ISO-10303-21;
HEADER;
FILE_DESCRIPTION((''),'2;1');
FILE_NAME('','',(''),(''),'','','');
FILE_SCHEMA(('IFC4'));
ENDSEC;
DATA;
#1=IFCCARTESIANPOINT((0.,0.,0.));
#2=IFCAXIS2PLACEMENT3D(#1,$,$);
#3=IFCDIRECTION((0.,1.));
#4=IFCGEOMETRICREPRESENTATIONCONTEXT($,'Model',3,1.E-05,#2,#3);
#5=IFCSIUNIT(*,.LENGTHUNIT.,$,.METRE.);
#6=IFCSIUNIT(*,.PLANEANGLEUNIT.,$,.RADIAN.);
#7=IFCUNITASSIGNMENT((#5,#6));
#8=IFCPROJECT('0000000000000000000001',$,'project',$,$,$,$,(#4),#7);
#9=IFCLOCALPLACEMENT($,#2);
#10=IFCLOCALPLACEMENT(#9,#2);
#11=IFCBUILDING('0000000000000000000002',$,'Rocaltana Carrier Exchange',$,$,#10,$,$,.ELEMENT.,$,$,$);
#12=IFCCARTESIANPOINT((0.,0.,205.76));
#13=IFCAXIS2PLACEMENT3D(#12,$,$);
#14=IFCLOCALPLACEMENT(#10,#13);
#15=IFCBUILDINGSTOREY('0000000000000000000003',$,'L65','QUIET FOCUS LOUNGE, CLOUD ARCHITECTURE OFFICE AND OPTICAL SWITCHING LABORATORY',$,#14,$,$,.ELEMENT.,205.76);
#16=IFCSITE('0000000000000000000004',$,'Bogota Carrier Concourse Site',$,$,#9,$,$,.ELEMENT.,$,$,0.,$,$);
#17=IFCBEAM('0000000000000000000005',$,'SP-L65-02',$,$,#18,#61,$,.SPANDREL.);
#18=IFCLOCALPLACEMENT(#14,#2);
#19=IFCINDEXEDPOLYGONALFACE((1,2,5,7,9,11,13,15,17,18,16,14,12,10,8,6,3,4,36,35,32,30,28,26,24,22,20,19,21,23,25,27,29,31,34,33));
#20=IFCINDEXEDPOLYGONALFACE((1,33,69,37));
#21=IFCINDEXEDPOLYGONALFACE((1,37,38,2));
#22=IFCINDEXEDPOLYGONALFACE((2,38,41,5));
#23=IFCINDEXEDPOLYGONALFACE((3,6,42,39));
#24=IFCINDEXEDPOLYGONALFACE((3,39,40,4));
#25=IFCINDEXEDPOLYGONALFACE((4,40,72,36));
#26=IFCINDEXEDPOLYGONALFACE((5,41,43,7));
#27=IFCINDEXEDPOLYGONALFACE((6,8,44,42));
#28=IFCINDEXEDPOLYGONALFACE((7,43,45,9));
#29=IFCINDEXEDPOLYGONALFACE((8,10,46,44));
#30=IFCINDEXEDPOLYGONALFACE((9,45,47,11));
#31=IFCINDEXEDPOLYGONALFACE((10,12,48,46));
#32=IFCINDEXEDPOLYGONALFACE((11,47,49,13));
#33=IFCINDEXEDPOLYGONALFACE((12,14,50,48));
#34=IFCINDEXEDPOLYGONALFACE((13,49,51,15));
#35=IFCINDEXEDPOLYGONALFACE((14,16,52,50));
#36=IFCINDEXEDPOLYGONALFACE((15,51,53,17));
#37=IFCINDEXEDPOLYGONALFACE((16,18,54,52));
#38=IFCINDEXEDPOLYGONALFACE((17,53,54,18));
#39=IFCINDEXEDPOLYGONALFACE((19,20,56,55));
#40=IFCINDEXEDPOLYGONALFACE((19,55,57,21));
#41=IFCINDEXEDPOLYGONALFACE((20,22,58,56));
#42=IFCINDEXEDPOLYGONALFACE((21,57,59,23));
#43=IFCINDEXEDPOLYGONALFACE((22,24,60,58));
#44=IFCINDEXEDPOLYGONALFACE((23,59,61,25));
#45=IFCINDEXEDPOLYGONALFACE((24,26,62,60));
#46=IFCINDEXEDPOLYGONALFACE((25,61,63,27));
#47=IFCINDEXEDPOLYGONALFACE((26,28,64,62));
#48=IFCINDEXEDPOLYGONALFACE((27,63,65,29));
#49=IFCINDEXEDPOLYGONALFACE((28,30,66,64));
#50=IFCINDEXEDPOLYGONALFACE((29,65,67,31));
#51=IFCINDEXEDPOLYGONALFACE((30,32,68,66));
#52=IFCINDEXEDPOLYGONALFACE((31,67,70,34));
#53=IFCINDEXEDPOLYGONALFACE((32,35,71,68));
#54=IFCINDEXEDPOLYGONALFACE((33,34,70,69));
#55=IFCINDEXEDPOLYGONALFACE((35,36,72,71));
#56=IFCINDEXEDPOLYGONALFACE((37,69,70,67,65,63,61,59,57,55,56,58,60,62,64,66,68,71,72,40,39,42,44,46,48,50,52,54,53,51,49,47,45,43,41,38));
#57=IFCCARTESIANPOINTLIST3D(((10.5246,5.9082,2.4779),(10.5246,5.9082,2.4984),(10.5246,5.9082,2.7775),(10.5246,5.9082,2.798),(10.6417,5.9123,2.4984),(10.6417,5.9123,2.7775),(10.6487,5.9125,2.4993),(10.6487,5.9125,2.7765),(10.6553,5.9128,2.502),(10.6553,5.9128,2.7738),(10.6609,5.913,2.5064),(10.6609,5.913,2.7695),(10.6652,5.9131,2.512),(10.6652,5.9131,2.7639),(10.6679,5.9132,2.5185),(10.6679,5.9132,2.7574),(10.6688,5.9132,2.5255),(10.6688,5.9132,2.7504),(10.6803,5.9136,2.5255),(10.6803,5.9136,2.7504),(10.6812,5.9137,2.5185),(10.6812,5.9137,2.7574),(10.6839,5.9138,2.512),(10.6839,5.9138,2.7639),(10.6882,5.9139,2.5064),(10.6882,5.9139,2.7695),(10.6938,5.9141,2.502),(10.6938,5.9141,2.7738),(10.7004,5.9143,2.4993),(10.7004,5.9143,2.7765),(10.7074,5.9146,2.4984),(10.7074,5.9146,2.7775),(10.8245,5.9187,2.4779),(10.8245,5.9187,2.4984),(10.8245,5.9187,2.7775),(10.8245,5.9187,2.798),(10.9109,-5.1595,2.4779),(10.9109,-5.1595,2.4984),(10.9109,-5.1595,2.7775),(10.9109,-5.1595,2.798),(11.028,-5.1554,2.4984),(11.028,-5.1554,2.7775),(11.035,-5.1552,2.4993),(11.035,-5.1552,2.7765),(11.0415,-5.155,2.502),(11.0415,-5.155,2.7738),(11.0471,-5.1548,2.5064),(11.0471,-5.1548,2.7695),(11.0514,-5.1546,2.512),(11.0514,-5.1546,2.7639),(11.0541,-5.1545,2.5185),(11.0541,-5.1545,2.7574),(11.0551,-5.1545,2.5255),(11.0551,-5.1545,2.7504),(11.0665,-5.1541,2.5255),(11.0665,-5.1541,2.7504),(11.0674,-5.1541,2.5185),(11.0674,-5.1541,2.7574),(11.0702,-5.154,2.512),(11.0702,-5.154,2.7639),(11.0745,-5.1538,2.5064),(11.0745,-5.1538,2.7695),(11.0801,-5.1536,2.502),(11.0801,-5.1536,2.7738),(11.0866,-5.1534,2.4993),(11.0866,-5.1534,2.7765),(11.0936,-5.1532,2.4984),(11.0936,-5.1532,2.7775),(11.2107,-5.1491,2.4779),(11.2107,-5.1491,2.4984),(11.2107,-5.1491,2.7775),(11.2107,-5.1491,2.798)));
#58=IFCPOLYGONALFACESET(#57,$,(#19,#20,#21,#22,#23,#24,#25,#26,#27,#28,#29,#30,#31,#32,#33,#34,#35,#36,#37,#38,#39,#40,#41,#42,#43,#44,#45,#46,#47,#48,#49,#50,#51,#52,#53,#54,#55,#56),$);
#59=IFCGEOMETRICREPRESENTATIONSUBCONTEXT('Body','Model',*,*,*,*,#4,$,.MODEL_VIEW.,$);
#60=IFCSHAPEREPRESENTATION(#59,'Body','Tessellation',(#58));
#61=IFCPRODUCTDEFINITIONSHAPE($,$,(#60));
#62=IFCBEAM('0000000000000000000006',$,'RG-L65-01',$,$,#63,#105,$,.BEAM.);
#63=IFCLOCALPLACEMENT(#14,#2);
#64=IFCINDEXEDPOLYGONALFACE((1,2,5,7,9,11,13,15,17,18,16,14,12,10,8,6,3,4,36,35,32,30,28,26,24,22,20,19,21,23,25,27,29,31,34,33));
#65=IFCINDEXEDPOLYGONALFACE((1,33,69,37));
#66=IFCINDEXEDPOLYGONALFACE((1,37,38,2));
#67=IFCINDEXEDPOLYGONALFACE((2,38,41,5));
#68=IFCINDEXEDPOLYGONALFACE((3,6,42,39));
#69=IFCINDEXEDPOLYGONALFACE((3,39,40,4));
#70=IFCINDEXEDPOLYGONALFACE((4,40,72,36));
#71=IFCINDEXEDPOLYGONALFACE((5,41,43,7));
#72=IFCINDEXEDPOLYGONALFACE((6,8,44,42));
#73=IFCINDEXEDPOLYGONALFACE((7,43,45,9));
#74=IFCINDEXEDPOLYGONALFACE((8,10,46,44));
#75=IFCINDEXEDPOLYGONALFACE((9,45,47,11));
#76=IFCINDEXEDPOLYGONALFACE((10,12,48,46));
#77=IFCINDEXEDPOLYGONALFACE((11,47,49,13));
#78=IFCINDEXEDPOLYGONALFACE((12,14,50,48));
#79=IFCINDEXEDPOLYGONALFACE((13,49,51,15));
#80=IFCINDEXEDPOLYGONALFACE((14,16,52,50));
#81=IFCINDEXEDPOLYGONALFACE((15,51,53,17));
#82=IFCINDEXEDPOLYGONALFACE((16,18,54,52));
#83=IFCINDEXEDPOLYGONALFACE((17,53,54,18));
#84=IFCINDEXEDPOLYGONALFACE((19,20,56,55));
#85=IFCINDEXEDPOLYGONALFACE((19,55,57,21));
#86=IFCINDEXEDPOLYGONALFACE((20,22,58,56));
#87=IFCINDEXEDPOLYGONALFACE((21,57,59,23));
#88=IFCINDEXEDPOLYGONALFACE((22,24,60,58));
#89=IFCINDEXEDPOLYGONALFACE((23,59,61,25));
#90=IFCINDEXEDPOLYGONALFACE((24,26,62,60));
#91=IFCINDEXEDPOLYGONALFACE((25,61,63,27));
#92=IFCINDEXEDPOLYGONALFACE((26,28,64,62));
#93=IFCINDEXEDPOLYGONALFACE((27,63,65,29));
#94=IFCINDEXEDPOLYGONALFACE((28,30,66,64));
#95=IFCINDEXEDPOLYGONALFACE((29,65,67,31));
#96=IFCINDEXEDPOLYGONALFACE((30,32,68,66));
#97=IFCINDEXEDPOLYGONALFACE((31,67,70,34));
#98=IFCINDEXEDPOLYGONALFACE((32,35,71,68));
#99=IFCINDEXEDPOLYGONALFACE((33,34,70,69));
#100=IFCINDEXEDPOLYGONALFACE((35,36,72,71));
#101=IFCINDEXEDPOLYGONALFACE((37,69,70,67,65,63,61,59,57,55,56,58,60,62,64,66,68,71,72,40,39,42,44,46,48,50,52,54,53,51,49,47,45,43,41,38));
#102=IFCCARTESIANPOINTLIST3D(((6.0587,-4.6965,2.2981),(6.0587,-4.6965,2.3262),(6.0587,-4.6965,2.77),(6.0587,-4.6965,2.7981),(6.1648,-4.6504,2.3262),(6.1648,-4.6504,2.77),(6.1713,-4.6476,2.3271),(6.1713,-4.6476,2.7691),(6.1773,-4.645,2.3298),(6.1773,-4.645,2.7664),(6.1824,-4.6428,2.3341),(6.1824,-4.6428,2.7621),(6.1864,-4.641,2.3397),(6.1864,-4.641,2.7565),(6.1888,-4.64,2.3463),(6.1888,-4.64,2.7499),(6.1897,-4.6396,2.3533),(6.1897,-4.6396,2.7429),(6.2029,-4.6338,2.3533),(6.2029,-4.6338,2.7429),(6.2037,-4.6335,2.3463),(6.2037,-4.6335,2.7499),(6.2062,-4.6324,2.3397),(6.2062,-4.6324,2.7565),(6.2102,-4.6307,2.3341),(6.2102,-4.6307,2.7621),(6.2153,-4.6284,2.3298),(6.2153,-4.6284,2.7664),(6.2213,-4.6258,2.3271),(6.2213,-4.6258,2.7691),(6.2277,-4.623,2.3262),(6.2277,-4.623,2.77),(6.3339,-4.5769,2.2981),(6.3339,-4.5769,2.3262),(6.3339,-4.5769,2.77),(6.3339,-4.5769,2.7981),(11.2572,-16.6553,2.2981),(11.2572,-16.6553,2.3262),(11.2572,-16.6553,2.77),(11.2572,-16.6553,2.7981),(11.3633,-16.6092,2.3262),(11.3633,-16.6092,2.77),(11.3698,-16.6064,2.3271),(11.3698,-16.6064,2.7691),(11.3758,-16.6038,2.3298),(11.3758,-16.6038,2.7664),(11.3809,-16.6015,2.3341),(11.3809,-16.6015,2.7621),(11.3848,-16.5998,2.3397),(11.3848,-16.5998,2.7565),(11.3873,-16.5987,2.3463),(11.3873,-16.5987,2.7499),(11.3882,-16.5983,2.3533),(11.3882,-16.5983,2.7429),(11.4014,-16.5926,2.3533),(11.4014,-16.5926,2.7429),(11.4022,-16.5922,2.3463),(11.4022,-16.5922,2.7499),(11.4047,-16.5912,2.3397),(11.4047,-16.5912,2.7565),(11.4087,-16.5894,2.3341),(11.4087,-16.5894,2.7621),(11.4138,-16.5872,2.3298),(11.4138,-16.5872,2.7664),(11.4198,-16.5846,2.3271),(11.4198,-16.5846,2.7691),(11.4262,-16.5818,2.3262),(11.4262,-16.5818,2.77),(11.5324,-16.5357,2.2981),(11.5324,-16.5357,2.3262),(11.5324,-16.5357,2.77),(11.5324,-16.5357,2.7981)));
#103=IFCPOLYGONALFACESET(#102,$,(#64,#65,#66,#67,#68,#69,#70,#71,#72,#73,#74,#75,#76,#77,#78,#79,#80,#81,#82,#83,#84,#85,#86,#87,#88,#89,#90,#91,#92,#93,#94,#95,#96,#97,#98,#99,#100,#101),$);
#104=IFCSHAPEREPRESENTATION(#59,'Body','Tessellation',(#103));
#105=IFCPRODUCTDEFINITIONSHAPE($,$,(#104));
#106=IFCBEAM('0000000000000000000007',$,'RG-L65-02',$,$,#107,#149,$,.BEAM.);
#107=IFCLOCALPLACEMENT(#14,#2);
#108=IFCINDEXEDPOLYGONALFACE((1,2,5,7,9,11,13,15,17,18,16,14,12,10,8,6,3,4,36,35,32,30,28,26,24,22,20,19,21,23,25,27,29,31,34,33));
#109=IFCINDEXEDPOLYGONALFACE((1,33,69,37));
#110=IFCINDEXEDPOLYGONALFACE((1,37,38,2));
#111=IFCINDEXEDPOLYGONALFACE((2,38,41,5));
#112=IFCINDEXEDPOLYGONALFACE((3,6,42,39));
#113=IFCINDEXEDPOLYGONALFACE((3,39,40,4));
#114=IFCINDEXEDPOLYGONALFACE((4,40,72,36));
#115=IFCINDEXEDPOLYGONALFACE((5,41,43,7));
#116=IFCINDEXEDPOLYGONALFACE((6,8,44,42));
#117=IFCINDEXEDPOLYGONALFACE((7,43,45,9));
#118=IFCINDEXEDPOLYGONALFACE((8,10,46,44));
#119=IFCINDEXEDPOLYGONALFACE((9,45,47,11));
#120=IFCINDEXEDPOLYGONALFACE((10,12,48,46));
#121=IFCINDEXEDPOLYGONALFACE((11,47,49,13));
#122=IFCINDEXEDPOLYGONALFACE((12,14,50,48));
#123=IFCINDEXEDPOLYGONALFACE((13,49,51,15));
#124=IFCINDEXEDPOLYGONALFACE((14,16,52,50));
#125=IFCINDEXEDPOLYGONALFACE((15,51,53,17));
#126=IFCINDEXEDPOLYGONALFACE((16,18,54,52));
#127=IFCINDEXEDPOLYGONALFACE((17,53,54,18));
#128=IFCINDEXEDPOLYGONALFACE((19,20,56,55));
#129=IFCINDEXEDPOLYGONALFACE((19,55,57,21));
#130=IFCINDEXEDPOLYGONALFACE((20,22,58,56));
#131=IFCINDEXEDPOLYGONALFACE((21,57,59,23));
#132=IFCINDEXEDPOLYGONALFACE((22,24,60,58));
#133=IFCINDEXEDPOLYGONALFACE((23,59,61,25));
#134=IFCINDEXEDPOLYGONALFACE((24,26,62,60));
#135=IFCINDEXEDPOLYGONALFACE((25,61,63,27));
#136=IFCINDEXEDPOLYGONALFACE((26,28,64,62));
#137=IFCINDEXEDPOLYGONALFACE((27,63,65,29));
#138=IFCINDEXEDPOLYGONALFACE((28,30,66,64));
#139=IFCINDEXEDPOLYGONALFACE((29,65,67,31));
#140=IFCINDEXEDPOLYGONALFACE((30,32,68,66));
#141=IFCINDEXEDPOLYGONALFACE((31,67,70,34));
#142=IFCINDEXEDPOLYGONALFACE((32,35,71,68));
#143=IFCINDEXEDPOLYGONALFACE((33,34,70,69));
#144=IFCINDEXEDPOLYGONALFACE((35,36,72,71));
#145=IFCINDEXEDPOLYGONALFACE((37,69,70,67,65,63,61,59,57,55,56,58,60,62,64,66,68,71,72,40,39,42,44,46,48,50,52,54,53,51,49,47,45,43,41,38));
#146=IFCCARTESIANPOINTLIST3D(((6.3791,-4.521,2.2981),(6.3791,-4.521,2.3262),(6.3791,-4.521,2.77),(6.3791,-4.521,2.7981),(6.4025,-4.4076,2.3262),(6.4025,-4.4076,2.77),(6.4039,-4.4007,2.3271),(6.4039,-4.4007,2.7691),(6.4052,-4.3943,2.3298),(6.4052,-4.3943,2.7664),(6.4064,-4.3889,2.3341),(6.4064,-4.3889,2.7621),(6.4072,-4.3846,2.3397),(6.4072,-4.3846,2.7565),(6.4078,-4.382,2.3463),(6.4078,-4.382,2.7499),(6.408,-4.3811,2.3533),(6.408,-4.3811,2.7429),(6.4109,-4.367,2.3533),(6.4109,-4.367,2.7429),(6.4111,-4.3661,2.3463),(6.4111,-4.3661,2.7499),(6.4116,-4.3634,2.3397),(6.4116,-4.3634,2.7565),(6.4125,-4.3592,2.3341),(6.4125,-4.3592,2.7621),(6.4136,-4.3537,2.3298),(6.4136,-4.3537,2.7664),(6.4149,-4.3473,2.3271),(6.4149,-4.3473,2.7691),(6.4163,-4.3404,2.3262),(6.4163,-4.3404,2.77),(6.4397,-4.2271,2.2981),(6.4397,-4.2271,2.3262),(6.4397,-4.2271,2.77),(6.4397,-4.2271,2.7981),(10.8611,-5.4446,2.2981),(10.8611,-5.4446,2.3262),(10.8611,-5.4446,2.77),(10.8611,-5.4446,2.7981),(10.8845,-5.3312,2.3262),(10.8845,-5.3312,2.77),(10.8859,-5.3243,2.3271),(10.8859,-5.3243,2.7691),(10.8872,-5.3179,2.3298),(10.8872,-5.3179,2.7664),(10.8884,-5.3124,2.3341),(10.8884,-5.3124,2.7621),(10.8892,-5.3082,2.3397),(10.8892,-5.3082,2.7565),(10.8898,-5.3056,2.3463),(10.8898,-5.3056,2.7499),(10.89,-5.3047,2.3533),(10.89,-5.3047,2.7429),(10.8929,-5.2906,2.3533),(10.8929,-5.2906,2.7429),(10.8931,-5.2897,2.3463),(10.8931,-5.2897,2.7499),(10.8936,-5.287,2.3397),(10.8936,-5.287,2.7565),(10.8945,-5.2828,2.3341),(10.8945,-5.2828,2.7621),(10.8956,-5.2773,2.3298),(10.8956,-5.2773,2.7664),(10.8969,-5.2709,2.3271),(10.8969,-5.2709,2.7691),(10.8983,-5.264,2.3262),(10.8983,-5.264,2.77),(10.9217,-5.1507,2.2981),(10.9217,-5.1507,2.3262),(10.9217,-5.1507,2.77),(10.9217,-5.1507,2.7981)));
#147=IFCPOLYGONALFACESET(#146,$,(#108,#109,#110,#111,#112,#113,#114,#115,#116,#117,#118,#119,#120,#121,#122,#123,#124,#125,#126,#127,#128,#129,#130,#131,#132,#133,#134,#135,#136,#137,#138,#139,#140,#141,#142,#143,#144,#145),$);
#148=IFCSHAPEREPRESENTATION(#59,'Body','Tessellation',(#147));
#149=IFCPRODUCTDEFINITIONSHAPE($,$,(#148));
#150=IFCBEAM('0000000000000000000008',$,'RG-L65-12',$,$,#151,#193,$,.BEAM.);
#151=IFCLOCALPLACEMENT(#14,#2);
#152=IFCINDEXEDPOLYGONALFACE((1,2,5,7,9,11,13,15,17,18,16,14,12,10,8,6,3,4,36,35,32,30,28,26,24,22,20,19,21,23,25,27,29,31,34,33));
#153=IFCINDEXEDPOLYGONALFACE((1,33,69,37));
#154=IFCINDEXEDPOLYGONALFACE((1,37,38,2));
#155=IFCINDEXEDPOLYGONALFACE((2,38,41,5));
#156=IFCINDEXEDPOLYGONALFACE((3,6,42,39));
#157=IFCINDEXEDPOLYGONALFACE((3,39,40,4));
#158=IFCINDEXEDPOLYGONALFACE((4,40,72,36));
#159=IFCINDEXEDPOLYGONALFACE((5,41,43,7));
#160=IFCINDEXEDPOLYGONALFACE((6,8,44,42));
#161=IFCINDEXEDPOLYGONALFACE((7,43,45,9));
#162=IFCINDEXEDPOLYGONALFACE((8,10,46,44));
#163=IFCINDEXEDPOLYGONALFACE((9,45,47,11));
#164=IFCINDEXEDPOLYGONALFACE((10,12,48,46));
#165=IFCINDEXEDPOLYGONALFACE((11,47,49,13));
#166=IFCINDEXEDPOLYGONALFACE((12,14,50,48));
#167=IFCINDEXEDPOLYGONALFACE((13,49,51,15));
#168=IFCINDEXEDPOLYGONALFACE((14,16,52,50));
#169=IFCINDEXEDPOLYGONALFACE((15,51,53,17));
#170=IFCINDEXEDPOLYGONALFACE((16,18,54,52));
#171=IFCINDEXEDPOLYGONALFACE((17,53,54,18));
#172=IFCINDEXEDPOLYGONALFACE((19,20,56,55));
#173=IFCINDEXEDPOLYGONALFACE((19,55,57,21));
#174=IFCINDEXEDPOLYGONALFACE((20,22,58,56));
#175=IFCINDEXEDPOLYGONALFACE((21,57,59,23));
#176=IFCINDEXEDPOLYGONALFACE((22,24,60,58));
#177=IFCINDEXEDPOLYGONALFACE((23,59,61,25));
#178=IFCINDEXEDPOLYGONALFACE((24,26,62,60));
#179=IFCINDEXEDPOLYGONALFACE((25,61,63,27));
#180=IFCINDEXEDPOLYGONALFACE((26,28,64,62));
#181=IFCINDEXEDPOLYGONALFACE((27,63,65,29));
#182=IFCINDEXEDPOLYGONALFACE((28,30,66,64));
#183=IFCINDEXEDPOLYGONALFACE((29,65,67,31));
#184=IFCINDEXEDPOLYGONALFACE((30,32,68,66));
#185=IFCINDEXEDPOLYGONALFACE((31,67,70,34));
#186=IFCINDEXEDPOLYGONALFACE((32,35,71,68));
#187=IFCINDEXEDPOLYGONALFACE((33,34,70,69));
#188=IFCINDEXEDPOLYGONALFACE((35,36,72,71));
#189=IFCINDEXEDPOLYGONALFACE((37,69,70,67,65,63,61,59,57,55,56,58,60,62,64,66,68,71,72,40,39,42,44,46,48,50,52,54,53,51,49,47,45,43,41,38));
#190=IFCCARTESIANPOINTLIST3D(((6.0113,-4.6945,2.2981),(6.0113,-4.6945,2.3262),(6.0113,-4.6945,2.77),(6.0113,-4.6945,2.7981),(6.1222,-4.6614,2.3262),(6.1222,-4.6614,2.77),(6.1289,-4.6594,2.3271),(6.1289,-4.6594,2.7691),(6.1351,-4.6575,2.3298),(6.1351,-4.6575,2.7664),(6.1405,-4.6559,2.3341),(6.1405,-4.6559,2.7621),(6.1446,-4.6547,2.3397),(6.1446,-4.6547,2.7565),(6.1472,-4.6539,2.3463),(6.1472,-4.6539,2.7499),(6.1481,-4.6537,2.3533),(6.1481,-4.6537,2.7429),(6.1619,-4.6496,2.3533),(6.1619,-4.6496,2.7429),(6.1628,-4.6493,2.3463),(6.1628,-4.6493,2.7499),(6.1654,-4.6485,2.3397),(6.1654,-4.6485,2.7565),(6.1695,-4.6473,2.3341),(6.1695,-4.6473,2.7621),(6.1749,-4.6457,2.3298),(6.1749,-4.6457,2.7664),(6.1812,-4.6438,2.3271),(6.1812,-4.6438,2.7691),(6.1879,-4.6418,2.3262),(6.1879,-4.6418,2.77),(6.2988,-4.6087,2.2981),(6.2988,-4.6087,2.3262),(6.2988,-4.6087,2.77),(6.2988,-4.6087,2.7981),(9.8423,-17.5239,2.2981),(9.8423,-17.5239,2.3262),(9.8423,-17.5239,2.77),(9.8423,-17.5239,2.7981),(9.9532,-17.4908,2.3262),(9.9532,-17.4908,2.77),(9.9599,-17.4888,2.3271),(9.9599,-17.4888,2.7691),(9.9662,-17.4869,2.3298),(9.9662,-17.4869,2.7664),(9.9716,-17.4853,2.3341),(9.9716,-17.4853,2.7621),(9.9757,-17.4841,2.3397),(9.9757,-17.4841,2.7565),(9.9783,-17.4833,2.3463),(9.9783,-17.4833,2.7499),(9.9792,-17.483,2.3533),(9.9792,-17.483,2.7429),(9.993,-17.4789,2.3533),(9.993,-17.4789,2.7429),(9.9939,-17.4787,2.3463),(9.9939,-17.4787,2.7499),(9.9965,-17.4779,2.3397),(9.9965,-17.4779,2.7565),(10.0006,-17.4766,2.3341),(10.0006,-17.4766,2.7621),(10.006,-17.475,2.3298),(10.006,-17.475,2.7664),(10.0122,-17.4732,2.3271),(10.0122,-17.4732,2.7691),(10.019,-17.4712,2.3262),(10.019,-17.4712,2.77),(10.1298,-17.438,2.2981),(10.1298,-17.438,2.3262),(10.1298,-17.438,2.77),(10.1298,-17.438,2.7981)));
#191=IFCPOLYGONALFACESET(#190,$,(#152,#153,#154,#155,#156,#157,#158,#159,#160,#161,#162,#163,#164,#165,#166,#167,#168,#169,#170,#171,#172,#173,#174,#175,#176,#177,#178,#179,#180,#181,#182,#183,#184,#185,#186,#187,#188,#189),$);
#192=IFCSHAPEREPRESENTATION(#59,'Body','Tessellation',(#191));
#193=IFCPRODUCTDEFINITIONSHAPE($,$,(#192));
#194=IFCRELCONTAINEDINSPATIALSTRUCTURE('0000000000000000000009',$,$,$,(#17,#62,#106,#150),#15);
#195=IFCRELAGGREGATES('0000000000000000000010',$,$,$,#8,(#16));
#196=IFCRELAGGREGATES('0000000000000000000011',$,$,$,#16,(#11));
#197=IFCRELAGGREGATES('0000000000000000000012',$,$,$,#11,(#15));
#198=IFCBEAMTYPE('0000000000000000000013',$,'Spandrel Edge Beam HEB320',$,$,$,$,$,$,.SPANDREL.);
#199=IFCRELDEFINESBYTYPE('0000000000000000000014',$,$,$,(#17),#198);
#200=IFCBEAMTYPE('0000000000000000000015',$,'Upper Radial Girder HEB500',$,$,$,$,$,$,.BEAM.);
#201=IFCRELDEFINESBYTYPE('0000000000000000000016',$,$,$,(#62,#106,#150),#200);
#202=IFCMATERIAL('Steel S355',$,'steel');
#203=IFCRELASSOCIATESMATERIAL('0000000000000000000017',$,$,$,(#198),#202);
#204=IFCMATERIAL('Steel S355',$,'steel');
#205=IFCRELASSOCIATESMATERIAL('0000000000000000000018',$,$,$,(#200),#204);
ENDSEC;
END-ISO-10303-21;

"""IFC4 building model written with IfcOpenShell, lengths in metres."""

from ifc_helpers import new_model, si_unit, direction, frame, origin, origin_2d, place, context, subcontext, project, spatial, i_section, extrude, material, material_profile, profile_set, type_object, element, save


model = new_model("IFC4")

# Units and contexts
model_context = context("Model", 3, precision=1e-05, world=origin(), true_north=direction((0.0, 1.0)))
body_context = subcontext(model_context, "Body", "Model", "MODEL_VIEW")
ifc_project = project(units=[si_unit("LENGTHUNIT", "METRE"), si_unit("PLANEANGLEUNIT", "RADIAN")], contexts=[model_context])

# Site, building, storey
site_placement = place(None, origin())
site = spatial("IfcSite", under=ifc_project, at=site_placement, Name="Bogota Carrier Concourse Site", CompositionType="ELEMENT", RefElevation=0.0)
building_placement = place(site_placement, origin())
building = spatial("IfcBuilding", under=site, at=building_placement, Name="Rocaltana Carrier Exchange", CompositionType="ELEMENT")
storey_placement = place(building_placement, frame((0.0, 0.0, 205.76)))
storey = spatial("IfcBuildingStorey", under=building, at=storey_placement, Name="L65", Description="QUIET FOCUS LOUNGE, CLOUD ARCHITECTURE OFFICE AND OPTICAL SWITCHING LABORATORY", CompositionType="ELEMENT", Elevation=205.76)

# Beams
ifc_material_1 = material(Name="Steel S355", Category="steel")
ifc_material_profile_1 = material_profile(ifc_material_1, i_section(OverallWidth=0.3, OverallDepth=0.3201, WebThickness=0.0115, FlangeThickness=0.0205, FilletRadius=0.0271, at=origin_2d()), Name="HEB320")
ifc_profile_set_1 = profile_set([ifc_material_profile_1], Name="Steel S355")
beam_type_1 = type_object("IfcBeamType", Name="Spandrel Edge Beam HEB320", PredefinedType="SPANDREL", material=ifc_profile_set_1)
beam_1_placement = place(storey_placement, frame((11.0608, -5.1543, 2.6379), z_axis=(-0.034876, 0.999392, 0.0), x_axis=(-0.999392, -0.034876, 0.0)))
element("IfcBeam", 1, at=beam_1_placement, inside=storey, type_object=beam_type_1, Name="SP-L65-02", PredefinedType="SPANDREL", context=body_context, shape_type="SweptSolid", body=[
    extrude(i_section(OverallWidth=0.3, OverallDepth=0.3201, WebThickness=0.0115, FlangeThickness=0.0205, FilletRadius=0.0271, at=origin_2d()), origin(), (0.0, 0.0, 1.0), 11.0745),
])
ifc_material_2 = material(Name="Steel S355", Category="steel")
ifc_material_profile_2 = material_profile(ifc_material_2, i_section(OverallWidth=0.3, OverallDepth=0.5, WebThickness=0.0144, FlangeThickness=0.0281, FilletRadius=0.0271, at=origin_2d()), Name="HEB500")
ifc_profile_set_2 = profile_set([ifc_material_profile_2], Name="Steel S355")
beam_type_2 = type_object("IfcBeamType", Name="Upper Radial Girder HEB500", PredefinedType="BEAM", material=ifc_profile_set_2)
beam_2_placement = place(storey_placement, frame((6.1963, -4.6367, 2.5481), z_axis=(0.398664, -0.917097, 0.0), x_axis=(0.917097, 0.398664, 0.0)))
element("IfcBeam", 2, at=beam_2_placement, inside=storey, type_object=beam_type_2, Name="RG-L65-01", PredefinedType="BEAM", context=body_context, shape_type="SweptSolid", body=[
    extrude(i_section(OverallWidth=0.3, OverallDepth=0.5, WebThickness=0.0144, FlangeThickness=0.0281, FilletRadius=0.0271, at=origin_2d()), origin(), (0.0, 0.0, 1.0), 13.0398),
])
beam_3_placement = place(storey_placement, frame((6.4094, -4.374, 2.5481), z_axis=(0.979421, -0.201828, 0.0), x_axis=(0.201828, 0.979421, 0.0)))
element("IfcBeam", 3, at=beam_3_placement, inside=storey, type_object=beam_type_2, Name="RG-L65-02", PredefinedType="BEAM", context=body_context, shape_type="SweptSolid", body=[
    extrude(i_section(OverallWidth=0.3, OverallDepth=0.5, WebThickness=0.0144, FlangeThickness=0.0281, FilletRadius=0.0271, at=origin_2d()), origin(), (0.0, 0.0, 1.0), 4.5762),
])
beam_4_placement = place(storey_placement, frame((6.155, -4.6516, 2.5481), z_axis=(0.286131, -0.95819, 0.0), x_axis=(0.95819, 0.286131, 0.0)))
element("IfcBeam", 4, at=beam_4_placement, inside=storey, type_object=beam_type_2, Name="RG-L65-12", PredefinedType="BEAM", context=body_context, shape_type="SweptSolid", body=[
    extrude(i_section(OverallWidth=0.3, OverallDepth=0.5, WebThickness=0.0144, FlangeThickness=0.0281, FilletRadius=0.0271, at=origin_2d()), origin(), (0.0, 0.0, 1.0), 13.3892),
])

save(model, "model.ifc")
